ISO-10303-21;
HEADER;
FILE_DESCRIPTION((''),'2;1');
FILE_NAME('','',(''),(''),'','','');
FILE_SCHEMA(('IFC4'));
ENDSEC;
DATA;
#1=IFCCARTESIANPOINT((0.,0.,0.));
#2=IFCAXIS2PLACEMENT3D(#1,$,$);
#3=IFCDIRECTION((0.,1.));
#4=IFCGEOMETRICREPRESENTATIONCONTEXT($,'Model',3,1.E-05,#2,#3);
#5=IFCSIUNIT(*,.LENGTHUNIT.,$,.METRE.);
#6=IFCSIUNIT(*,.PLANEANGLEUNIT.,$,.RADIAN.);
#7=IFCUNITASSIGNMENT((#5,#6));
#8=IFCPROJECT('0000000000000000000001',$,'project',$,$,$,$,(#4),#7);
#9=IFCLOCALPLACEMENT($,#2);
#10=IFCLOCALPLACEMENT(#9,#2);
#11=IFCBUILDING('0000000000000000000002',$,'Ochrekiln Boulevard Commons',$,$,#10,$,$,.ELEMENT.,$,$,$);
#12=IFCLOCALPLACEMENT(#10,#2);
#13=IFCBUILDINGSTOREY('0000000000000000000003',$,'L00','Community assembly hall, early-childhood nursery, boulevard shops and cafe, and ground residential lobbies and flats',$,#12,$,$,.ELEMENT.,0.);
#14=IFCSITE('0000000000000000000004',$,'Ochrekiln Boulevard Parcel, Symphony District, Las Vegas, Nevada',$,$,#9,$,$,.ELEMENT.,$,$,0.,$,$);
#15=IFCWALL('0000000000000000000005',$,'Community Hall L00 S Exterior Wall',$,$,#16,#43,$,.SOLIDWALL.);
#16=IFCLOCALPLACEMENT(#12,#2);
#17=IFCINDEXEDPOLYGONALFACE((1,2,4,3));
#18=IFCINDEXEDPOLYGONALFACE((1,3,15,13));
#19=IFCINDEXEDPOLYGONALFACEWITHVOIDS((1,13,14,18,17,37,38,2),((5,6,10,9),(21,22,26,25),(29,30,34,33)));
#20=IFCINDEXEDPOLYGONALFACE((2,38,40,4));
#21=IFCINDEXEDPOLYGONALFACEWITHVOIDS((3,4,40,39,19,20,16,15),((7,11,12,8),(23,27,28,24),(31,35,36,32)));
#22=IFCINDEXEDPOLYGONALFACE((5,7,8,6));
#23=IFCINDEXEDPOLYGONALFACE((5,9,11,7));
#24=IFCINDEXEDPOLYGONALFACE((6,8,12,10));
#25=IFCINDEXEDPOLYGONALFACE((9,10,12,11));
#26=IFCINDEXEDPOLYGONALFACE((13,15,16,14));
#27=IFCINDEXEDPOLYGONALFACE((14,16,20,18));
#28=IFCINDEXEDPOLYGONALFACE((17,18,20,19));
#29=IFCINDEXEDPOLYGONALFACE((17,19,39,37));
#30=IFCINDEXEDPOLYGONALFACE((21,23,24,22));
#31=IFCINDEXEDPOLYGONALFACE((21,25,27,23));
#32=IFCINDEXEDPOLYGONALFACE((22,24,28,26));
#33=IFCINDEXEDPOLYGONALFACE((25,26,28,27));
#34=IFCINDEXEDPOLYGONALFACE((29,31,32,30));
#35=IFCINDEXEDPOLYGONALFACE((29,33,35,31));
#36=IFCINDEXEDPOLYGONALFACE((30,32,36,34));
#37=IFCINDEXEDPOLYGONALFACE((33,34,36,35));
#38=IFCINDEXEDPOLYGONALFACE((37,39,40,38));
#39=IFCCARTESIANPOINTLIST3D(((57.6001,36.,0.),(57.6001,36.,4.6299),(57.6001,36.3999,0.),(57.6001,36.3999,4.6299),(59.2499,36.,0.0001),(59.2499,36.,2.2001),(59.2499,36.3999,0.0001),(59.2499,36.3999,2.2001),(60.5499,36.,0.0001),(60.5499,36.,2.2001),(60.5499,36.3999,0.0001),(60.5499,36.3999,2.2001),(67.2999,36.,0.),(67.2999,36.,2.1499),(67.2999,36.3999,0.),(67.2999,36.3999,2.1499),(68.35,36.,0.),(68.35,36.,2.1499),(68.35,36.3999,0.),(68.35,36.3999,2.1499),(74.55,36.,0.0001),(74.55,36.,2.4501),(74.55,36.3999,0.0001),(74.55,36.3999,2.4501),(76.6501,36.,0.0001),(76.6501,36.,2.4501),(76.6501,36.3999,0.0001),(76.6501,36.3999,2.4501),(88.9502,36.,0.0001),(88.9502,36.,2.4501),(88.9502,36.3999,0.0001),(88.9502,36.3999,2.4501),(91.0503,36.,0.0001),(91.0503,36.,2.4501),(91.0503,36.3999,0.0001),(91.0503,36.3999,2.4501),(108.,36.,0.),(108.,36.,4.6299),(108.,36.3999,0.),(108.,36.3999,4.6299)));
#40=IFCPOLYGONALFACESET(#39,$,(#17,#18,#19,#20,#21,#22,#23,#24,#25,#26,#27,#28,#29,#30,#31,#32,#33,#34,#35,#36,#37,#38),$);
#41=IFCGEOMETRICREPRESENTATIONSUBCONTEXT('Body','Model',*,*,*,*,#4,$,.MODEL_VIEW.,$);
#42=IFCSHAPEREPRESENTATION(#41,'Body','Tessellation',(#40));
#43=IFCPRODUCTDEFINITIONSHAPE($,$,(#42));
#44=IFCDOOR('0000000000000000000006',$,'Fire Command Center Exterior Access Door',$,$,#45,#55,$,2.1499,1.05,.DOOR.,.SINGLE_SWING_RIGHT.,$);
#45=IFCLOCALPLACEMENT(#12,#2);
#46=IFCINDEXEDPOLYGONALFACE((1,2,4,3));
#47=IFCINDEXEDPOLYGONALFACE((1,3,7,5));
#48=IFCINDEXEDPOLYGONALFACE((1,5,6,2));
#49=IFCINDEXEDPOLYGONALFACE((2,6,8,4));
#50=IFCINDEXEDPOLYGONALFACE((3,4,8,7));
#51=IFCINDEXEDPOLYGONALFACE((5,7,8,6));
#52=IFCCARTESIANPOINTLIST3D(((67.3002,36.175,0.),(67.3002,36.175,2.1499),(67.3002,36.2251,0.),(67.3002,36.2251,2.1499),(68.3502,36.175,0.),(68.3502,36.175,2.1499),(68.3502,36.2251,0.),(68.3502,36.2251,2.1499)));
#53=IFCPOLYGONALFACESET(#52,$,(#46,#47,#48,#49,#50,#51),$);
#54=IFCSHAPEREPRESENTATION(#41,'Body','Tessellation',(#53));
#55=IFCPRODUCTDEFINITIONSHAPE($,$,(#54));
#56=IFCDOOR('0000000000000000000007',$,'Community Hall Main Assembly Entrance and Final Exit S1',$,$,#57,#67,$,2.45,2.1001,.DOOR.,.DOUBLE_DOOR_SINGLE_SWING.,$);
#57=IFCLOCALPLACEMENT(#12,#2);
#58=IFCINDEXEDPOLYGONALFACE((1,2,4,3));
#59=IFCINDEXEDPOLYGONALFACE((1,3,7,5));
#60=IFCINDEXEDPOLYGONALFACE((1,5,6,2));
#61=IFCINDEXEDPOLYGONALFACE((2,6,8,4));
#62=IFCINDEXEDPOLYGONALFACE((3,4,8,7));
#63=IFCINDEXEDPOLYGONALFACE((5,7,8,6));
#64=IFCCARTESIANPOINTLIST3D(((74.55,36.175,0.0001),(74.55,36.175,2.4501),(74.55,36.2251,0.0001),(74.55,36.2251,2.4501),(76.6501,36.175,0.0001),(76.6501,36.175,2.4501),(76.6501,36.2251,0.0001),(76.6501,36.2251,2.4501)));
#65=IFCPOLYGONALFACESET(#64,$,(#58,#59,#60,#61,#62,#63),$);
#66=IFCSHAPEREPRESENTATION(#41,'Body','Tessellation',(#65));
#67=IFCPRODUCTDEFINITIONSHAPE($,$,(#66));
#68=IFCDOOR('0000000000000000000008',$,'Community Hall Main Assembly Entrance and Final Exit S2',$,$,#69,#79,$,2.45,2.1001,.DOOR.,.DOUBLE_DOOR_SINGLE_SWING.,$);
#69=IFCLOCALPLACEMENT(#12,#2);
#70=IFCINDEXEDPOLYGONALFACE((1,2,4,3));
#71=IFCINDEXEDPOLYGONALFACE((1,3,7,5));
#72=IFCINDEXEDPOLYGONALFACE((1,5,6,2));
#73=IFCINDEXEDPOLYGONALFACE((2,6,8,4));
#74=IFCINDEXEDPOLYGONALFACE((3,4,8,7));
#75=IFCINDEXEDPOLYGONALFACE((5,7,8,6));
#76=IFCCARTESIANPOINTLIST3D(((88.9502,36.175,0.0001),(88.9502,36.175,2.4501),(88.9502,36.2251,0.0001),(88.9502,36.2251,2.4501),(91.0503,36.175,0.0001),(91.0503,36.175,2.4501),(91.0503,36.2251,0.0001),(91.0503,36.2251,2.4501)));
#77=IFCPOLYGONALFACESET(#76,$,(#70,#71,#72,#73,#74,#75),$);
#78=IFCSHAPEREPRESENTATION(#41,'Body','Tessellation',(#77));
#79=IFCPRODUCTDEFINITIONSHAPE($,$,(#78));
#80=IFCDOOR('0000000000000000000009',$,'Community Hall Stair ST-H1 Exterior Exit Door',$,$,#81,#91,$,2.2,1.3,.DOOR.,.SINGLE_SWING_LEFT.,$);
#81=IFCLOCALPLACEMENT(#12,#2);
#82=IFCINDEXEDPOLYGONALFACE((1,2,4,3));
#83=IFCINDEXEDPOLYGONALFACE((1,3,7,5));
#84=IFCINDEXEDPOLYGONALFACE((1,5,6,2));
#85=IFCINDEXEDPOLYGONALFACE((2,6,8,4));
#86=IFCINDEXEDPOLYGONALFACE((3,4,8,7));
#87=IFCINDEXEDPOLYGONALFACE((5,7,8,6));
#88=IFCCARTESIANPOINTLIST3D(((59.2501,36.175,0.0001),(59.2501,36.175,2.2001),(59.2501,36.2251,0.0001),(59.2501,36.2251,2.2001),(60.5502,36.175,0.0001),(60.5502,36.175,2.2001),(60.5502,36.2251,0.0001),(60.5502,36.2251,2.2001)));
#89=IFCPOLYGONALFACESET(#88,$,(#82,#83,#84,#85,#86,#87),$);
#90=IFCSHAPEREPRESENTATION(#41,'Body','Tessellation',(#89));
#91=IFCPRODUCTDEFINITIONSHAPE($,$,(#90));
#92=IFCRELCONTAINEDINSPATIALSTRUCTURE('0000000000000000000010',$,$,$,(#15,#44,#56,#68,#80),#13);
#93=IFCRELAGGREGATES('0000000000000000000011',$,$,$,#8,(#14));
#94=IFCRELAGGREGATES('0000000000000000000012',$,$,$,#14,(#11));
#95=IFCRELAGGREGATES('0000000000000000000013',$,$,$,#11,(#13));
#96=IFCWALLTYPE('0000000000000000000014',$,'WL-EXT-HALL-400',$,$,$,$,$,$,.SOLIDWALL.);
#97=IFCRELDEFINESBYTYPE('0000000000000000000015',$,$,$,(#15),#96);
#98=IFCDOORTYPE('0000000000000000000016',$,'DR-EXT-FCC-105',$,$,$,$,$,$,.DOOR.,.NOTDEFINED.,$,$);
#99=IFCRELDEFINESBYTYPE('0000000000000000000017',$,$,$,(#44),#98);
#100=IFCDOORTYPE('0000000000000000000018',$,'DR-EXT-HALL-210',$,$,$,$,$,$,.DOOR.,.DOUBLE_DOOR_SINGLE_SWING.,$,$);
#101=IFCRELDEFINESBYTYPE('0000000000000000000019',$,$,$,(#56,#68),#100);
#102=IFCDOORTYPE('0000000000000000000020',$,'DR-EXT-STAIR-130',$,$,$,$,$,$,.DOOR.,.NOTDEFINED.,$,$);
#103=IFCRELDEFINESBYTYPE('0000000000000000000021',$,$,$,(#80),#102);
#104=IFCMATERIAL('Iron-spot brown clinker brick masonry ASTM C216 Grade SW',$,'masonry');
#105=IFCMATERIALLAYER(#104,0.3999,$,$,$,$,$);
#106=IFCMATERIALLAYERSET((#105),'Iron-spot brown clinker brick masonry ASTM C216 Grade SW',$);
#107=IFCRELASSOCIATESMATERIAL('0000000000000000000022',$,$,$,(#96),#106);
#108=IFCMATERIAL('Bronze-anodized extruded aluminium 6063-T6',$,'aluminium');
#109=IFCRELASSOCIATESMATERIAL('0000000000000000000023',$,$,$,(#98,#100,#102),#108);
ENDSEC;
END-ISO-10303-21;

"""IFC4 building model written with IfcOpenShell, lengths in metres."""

from ifc_helpers import new_model, si_unit, direction, frame, frame_2d, origin, place, context, subcontext, project, spatial, rectangle, extrude, material, layer, layer_set, type_object, element, fill, save


model = new_model("IFC4")

# Units and contexts
model_context = context("Model", 3, precision=1e-05, world=origin(), true_north=direction((0.0, 1.0)))
body_context = subcontext(model_context, "Body", "Model", "MODEL_VIEW")
ifc_project = project(units=[si_unit("LENGTHUNIT", "METRE"), si_unit("PLANEANGLEUNIT", "RADIAN")], contexts=[model_context])

# Site, building, storey
site_placement = place(None, origin())
site = spatial("IfcSite", under=ifc_project, at=site_placement, Name="Ochrekiln Boulevard Parcel, Symphony District, Las Vegas, Nevada", CompositionType="ELEMENT", RefElevation=0.0)
building_placement = place(site_placement, origin())
building = spatial("IfcBuilding", under=site, at=building_placement, Name="Ochrekiln Boulevard Commons", CompositionType="ELEMENT")
storey_placement = place(building_placement, origin())
storey = spatial("IfcBuildingStorey", under=building, at=storey_placement, Name="L00", Description="Community assembly hall, early-childhood nursery, boulevard shops and cafe, and ground residential lobbies and flats", CompositionType="ELEMENT", Elevation=0.0)

# Wall, openings, doors
ifc_material_1 = material(Name="Iron-spot brown clinker brick masonry ASTM C216 Grade SW", Category="masonry")
ifc_layer = layer(ifc_material_1, 0.3999)
ifc_layer_set = layer_set([ifc_layer], Name="Iron-spot brown clinker brick masonry ASTM C216 Grade SW")
wall_type = type_object("IfcWallType", Name="WL-EXT-HALL-400", PredefinedType="SOLIDWALL", material=ifc_layer_set)
wall_placement = place(storey_placement, frame((57.6001, 36.2, 0.0), z_axis=(0.0, 0.0, 1.0), x_axis=(1.0, 0.0, 0.0)))
wall = element("IfcWall", 1, at=wall_placement, inside=storey, type_object=wall_type, Name="Community Hall L00 S Exterior Wall", PredefinedType="SOLIDWALL", context=body_context, shape_type="SweptSolid", body=[
    extrude(rectangle(XDim=50.3999, YDim=0.3999, at=frame_2d((25.2, 0.0))), origin(), (0.0, 0.0, 1.0), 4.6299),
])
opening_1_placement = place(wall_placement, frame((1.6499, 0.0, 0.0)))
opening_1 = element("IfcOpeningElement", 2, at=opening_1_placement, cuts=wall, PredefinedType="OPENING", context=body_context, shape_type="SweptSolid", body=[
    extrude(rectangle(XDim=1.3, YDim=2.2, at=frame_2d((0.6499, 1.1001))), frame((0.0, 0.21, 0.0), z_axis=(0.0, -1.0, 0.0), x_axis=(1.0, 0.0, 0.0)), (0.0, 0.0, 1.0), 0.4199),
])
opening_2_placement = place(wall_placement, frame((9.7, 0.0, 0.0)))
opening_2 = element("IfcOpeningElement", 3, at=opening_2_placement, cuts=wall, PredefinedType="OPENING", context=body_context, shape_type="SweptSolid", body=[
    extrude(rectangle(XDim=1.05, YDim=2.1499, at=frame_2d((0.5249, 1.075))), frame((0.0, 0.21, 0.0), z_axis=(0.0, -1.0, 0.0), x_axis=(1.0, 0.0, 0.0)), (0.0, 0.0, 1.0), 0.4199),
])
opening_3_placement = place(wall_placement, frame((16.95, 0.0, 0.0)))
opening_3 = element("IfcOpeningElement", 4, at=opening_3_placement, cuts=wall, PredefinedType="OPENING", context=body_context, shape_type="SweptSolid", body=[
    extrude(rectangle(XDim=2.1001, YDim=2.45, at=frame_2d((1.05, 1.2251))), frame((0.0, 0.21, 0.0), z_axis=(0.0, -1.0, 0.0), x_axis=(1.0, 0.0, 0.0)), (0.0, 0.0, 1.0), 0.4199),
])
opening_4_placement = place(wall_placement, frame((31.3501, 0.0, 0.0)))
opening_4 = element("IfcOpeningElement", 5, at=opening_4_placement, cuts=wall, PredefinedType="OPENING", context=body_context, shape_type="SweptSolid", body=[
    extrude(rectangle(XDim=2.1001, YDim=2.45, at=frame_2d((1.05, 1.2251))), frame((0.0, 0.21, 0.0), z_axis=(0.0, -1.0, 0.0), x_axis=(1.0, 0.0, 0.0)), (0.0, 0.0, 1.0), 0.4199),
])
ifc_material_2 = material(Name="Bronze-anodized extruded aluminium 6063-T6", Category="aluminium")
door_type_1 = type_object("IfcDoorType", Name="DR-EXT-FCC-105", OperationType="NOTDEFINED", PredefinedType="DOOR", material=ifc_material_2)
door_1_placement = place(opening_2_placement, frame((1.05, 0.0, 0.0), z_axis=(0.0, 0.0, 1.0), x_axis=(-1.0, 0.0, 0.0)))
door_1 = element("IfcDoor", 6, at=door_1_placement, inside=storey, type_object=door_type_1, Name="Fire Command Center Exterior Access Door", OperationType="SINGLE_SWING_RIGHT", OverallHeight=2.1499, OverallWidth=1.05, PredefinedType="DOOR", context=body_context, shape_type="SweptSolid", body=[
    extrude(rectangle(XDim=1.05, YDim=2.1499, at=frame_2d((0.5249, 1.075))), frame((0.0, 0.0249, 0.0), z_axis=(0.0, -1.0, 0.0), x_axis=(1.0, 0.0, 0.0)), (0.0, 0.0, 1.0), 0.05),
])
fill(opening_2, door_1)
door_type_2 = type_object("IfcDoorType", Name="DR-EXT-HALL-210", OperationType="DOUBLE_DOOR_SINGLE_SWING", PredefinedType="DOOR", material=ifc_material_2)
door_2_placement = place(opening_3_placement, frame((2.1001, 0.0, 0.0), z_axis=(0.0, 0.0, 1.0), x_axis=(-1.0, 0.0, 0.0)))
door_2 = element("IfcDoor", 7, at=door_2_placement, inside=storey, type_object=door_type_2, Name="Community Hall Main Assembly Entrance and Final Exit S1", OperationType="DOUBLE_DOOR_SINGLE_SWING", OverallHeight=2.45, OverallWidth=2.1001, PredefinedType="DOOR", context=body_context, shape_type="SweptSolid", body=[
    extrude(rectangle(XDim=2.1001, YDim=2.45, at=frame_2d((1.05, 1.2251))), frame((0.0, 0.0249, 0.0), z_axis=(0.0, -1.0, 0.0), x_axis=(1.0, 0.0, 0.0)), (0.0, 0.0, 1.0), 0.05),
])
fill(opening_3, door_2)
door_3_placement = place(opening_4_placement, frame((2.1001, 0.0, 0.0), z_axis=(0.0, 0.0, 1.0), x_axis=(-1.0, 0.0, 0.0)))
door_3 = element("IfcDoor", 8, at=door_3_placement, inside=storey, type_object=door_type_2, Name="Community Hall Main Assembly Entrance and Final Exit S2", OperationType="DOUBLE_DOOR_SINGLE_SWING", OverallHeight=2.45, OverallWidth=2.1001, PredefinedType="DOOR", context=body_context, shape_type="SweptSolid", body=[
    extrude(rectangle(XDim=2.1001, YDim=2.45, at=frame_2d((1.05, 1.2251))), frame((0.0, 0.0249, 0.0), z_axis=(0.0, -1.0, 0.0), x_axis=(1.0, 0.0, 0.0)), (0.0, 0.0, 1.0), 0.05),
])
fill(opening_4, door_3)
door_type_3 = type_object("IfcDoorType", Name="DR-EXT-STAIR-130", OperationType="NOTDEFINED", PredefinedType="DOOR", material=ifc_material_2)
door_4_placement = place(opening_1_placement, frame((1.3, 0.0, 0.0), z_axis=(0.0, 0.0, 1.0), x_axis=(-1.0, 0.0, 0.0)))
door_4 = element("IfcDoor", 9, at=door_4_placement, inside=storey, type_object=door_type_3, Name="Community Hall Stair ST-H1 Exterior Exit Door", OperationType="SINGLE_SWING_LEFT", OverallHeight=2.2, OverallWidth=1.3, PredefinedType="DOOR", context=body_context, shape_type="SweptSolid", body=[
    extrude(rectangle(XDim=1.3, YDim=2.2, at=frame_2d((0.6499, 1.1001))), frame((0.0, 0.0249, 0.0), z_axis=(0.0, -1.0, 0.0), x_axis=(1.0, 0.0, 0.0)), (0.0, 0.0, 1.0), 0.05),
])
fill(opening_1, door_4)

save(model, "model.ifc")
